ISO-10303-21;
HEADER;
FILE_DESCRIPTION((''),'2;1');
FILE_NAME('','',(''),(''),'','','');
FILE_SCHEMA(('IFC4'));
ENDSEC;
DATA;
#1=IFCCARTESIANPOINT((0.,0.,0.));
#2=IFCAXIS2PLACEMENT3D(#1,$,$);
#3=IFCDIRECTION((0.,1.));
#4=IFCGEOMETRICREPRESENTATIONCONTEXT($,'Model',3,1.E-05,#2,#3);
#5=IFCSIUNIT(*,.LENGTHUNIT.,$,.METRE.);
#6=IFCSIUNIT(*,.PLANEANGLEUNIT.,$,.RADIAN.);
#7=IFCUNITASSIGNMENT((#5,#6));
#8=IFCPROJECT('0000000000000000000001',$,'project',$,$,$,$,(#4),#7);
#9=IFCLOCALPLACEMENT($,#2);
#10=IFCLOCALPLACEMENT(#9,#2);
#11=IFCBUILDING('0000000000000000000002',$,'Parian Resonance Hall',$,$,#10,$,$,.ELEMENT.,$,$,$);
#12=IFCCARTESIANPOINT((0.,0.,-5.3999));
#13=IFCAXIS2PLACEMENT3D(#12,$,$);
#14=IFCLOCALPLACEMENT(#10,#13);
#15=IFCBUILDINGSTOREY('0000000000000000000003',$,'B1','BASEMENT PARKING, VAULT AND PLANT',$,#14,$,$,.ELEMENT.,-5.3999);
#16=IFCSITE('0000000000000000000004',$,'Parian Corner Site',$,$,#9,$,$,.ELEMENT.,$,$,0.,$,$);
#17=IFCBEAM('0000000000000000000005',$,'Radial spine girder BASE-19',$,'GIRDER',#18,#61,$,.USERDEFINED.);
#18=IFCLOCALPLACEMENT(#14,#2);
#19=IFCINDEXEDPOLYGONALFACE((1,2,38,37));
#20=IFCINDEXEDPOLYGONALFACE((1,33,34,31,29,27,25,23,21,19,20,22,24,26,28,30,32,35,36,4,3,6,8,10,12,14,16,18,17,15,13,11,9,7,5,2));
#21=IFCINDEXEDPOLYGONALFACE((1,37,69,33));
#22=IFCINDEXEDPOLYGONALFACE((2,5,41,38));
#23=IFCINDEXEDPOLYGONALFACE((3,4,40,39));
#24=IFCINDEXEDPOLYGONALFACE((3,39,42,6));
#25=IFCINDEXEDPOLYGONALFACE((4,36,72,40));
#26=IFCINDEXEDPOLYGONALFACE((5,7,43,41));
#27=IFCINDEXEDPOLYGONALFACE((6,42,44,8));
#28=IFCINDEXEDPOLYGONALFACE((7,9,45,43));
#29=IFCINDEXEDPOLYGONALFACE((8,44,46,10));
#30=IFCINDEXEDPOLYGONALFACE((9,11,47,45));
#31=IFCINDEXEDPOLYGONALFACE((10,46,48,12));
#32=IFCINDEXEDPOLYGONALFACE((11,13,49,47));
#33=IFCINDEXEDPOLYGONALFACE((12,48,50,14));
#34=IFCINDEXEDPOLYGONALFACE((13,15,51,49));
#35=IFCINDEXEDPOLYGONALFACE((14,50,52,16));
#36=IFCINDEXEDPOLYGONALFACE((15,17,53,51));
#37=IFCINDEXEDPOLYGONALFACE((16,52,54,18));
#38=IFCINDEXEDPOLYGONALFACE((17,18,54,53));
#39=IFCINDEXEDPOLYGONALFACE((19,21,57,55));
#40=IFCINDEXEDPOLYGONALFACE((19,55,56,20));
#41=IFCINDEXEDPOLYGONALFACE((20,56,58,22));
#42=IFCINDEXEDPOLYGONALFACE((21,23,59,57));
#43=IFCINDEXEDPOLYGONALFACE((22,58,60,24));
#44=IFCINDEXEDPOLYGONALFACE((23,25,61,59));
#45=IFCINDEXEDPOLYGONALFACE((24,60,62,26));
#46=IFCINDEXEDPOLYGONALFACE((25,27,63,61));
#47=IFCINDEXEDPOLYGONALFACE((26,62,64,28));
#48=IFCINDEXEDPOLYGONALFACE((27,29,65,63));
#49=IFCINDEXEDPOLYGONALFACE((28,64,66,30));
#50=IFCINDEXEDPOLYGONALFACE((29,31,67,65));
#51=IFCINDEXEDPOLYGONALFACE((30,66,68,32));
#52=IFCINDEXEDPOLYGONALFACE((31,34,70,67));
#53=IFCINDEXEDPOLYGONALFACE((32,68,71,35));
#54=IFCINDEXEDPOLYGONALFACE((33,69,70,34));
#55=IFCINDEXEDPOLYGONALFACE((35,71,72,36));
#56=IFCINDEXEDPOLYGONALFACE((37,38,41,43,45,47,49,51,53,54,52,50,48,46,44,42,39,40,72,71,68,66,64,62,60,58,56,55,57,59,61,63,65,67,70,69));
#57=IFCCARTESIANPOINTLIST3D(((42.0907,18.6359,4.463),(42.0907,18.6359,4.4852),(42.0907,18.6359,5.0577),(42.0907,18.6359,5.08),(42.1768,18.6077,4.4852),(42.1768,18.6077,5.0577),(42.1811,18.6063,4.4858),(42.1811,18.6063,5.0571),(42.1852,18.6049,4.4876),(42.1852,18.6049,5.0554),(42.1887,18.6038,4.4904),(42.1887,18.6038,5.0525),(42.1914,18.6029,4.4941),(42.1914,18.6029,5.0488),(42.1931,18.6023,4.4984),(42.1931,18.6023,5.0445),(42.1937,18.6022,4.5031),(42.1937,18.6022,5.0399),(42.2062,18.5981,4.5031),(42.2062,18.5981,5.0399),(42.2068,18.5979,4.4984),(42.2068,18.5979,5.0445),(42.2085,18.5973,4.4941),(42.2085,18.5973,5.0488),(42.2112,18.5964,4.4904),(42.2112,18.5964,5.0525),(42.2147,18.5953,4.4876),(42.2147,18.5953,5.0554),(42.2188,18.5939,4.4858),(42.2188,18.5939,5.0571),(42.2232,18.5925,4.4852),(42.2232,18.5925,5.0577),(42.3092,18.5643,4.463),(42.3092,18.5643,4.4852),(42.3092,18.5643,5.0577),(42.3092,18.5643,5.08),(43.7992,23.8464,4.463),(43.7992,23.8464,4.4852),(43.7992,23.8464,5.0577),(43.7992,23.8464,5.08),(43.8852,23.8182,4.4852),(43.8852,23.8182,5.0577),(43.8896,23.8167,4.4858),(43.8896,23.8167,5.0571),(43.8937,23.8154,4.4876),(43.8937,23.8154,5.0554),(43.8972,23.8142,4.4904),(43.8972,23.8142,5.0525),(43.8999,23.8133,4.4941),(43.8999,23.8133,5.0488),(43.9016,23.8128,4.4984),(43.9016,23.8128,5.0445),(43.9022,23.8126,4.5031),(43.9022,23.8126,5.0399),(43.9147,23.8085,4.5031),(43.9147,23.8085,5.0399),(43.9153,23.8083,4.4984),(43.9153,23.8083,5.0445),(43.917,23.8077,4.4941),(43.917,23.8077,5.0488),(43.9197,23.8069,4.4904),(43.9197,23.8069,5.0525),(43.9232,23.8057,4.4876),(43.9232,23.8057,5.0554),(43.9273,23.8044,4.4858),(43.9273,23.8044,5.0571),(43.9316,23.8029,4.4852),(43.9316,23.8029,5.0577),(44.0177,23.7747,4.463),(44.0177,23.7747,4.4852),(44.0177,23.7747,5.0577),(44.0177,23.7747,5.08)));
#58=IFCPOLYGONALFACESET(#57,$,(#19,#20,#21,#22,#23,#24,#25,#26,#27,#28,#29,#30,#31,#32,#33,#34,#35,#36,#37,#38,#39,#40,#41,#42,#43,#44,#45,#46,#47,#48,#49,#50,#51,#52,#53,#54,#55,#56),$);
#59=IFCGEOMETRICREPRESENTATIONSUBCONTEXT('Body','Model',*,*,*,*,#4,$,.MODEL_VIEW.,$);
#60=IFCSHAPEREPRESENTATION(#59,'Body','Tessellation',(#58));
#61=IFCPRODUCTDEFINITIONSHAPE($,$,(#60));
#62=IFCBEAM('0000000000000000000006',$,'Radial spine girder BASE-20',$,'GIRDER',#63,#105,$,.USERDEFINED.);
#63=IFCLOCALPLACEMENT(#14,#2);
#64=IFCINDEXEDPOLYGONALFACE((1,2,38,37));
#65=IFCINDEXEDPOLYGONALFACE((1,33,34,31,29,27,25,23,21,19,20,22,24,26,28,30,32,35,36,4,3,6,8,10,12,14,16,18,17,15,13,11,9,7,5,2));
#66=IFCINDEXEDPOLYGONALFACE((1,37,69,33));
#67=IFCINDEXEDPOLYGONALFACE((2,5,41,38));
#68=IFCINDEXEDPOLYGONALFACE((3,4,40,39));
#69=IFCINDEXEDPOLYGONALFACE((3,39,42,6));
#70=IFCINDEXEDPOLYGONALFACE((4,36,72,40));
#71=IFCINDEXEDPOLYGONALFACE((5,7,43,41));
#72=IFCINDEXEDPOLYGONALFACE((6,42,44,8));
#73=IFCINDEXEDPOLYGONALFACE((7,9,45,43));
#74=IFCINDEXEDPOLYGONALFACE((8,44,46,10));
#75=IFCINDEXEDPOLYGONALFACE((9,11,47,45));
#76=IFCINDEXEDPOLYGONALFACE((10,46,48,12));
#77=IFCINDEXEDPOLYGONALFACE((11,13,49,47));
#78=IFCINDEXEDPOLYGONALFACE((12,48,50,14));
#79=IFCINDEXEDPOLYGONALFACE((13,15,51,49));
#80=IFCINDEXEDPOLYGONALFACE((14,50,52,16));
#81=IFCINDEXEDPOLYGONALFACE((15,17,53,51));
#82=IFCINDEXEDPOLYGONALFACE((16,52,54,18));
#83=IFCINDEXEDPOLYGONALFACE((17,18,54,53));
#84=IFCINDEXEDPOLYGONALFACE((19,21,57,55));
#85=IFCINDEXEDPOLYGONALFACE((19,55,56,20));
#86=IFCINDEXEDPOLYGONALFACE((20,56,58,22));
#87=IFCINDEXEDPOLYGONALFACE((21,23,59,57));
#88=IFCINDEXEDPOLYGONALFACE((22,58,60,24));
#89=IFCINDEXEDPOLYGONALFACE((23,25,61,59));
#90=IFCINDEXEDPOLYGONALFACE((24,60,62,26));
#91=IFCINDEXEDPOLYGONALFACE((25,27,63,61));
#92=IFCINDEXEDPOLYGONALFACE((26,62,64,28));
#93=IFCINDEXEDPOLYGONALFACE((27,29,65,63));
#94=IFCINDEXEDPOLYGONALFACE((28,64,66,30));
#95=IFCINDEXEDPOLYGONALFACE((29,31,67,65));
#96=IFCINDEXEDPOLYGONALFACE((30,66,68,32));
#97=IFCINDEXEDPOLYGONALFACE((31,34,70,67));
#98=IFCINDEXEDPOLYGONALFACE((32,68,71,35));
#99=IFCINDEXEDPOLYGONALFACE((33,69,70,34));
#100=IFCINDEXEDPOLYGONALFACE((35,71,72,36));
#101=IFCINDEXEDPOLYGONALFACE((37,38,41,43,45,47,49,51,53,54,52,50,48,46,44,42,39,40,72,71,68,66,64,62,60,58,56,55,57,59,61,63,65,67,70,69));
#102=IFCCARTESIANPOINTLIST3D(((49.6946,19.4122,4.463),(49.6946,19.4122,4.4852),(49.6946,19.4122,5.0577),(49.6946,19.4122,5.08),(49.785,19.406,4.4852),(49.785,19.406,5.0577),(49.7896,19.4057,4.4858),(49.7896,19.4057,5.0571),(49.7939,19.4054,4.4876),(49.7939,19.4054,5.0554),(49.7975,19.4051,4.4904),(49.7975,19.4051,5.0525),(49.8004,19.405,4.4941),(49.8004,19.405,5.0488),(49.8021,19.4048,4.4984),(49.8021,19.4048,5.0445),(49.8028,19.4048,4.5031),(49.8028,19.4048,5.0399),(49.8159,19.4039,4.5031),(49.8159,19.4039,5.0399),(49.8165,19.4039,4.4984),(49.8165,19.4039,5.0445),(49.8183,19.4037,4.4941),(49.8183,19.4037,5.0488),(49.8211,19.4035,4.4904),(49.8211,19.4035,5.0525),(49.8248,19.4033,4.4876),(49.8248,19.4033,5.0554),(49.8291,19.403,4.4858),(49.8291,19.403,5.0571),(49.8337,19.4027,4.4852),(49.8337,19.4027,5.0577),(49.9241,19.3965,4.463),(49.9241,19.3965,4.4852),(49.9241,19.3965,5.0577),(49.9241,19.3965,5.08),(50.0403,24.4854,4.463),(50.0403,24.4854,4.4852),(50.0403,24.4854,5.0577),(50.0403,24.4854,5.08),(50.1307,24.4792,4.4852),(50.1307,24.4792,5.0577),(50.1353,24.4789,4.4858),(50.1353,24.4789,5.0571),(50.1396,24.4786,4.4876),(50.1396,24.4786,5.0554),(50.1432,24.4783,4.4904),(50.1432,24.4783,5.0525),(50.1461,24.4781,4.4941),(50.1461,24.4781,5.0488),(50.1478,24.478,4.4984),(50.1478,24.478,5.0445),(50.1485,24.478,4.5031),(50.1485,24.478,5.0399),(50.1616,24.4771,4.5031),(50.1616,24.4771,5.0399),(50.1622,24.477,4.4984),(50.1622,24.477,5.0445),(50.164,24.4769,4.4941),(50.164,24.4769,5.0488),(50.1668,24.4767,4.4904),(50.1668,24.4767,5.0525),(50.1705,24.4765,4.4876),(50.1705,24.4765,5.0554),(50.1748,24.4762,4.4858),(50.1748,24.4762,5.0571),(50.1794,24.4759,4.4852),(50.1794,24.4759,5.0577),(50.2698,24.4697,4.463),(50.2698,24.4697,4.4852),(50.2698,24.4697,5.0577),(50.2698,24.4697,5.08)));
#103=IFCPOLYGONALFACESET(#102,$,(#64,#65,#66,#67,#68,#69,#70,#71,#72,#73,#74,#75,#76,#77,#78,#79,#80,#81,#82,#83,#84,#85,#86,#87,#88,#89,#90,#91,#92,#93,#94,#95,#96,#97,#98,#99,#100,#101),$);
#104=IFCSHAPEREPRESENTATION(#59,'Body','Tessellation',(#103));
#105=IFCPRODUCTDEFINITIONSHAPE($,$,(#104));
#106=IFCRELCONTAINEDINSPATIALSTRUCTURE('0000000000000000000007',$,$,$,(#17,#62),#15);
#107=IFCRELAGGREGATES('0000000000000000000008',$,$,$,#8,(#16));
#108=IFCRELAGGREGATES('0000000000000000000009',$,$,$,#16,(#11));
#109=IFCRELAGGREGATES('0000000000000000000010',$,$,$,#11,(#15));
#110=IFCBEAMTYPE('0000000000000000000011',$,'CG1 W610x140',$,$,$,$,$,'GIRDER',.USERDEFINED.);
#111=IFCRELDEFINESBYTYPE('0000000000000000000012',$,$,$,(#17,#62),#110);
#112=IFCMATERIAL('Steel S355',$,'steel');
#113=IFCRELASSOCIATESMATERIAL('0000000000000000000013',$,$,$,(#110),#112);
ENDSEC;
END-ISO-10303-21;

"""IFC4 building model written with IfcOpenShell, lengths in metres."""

from ifc_helpers import new_model, si_unit, direction, frame, origin, origin_2d, place, context, subcontext, project, spatial, i_section, extrude, material, material_profile, profile_set, type_object, element, save


model = new_model("IFC4")

# Units and contexts
model_context = context("Model", 3, precision=1e-05, world=origin(), true_north=direction((0.0, 1.0)))
body_context = subcontext(model_context, "Body", "Model", "MODEL_VIEW")
ifc_project = project(units=[si_unit("LENGTHUNIT", "METRE"), si_unit("PLANEANGLEUNIT", "RADIAN")], contexts=[model_context])

# Site, building, storey
site_placement = place(None, origin())
site = spatial("IfcSite", under=ifc_project, at=site_placement, Name="Parian Corner Site", CompositionType="ELEMENT", RefElevation=0.0)
building_placement = place(site_placement, origin())
building = spatial("IfcBuilding", under=site, at=building_placement, Name="Parian Resonance Hall", CompositionType="ELEMENT")
storey_placement = place(building_placement, frame((0.0, 0.0, -5.3999)))
storey = spatial("IfcBuildingStorey", under=building, at=storey_placement, Name="B1", Description="BASEMENT PARKING, VAULT AND PLANT", CompositionType="ELEMENT", Elevation=-5.3999)

# Beams
ifc_material_1 = material(Name="Steel S355", Category="steel")
ifc_material_profile_1 = material_profile(ifc_material_1, i_section(OverallWidth=0.23, OverallDepth=0.6169, WebThickness=0.0132, FlangeThickness=0.0222, FilletRadius=0.0178, at=origin_2d()), Name="W610x140")
ifc_profile_set_1 = profile_set([ifc_material_profile_1], Name="Steel S355")
beam_type_1 = type_object("IfcBeamType", Name="CG1 W610x140", ElementType="GIRDER", PredefinedType="USERDEFINED", material=ifc_profile_set_1)
beam_1_placement = place(storey_placement, frame((43.9084, 23.8105, 4.7715), z_axis=(-0.311576, -0.950221, 0.0), x_axis=(0.950221, -0.311576, 0.0)))
element("IfcBeam", 1, at=beam_1_placement, inside=storey, type_object=beam_type_1, Name="Radial spine girder BASE-19", ObjectType="GIRDER", PredefinedType="USERDEFINED", context=body_context, shape_type="SweptSolid", body=[
    extrude(i_section(OverallWidth=0.23, OverallDepth=0.6169, WebThickness=0.0132, FlangeThickness=0.0222, FilletRadius=0.0178, at=origin_2d()), origin(), (0.0, 0.0, 1.0), 5.4834),
])
beam_2_placement = place(storey_placement, frame((50.155, 24.4775, 4.7715), z_axis=(-0.067985, -0.997686, 0.0), x_axis=(0.997686, -0.067985, 0.0)))
element("IfcBeam", 2, at=beam_2_placement, inside=storey, type_object=beam_type_1, Name="Radial spine girder BASE-20", ObjectType="GIRDER", PredefinedType="USERDEFINED", context=body_context, shape_type="SweptSolid", body=[
    extrude(i_section(OverallWidth=0.23, OverallDepth=0.6169, WebThickness=0.0132, FlangeThickness=0.0222, FilletRadius=0.0178, at=origin_2d()), origin(), (0.0, 0.0, 1.0), 5.085),
])

save(model, "model.ifc")
